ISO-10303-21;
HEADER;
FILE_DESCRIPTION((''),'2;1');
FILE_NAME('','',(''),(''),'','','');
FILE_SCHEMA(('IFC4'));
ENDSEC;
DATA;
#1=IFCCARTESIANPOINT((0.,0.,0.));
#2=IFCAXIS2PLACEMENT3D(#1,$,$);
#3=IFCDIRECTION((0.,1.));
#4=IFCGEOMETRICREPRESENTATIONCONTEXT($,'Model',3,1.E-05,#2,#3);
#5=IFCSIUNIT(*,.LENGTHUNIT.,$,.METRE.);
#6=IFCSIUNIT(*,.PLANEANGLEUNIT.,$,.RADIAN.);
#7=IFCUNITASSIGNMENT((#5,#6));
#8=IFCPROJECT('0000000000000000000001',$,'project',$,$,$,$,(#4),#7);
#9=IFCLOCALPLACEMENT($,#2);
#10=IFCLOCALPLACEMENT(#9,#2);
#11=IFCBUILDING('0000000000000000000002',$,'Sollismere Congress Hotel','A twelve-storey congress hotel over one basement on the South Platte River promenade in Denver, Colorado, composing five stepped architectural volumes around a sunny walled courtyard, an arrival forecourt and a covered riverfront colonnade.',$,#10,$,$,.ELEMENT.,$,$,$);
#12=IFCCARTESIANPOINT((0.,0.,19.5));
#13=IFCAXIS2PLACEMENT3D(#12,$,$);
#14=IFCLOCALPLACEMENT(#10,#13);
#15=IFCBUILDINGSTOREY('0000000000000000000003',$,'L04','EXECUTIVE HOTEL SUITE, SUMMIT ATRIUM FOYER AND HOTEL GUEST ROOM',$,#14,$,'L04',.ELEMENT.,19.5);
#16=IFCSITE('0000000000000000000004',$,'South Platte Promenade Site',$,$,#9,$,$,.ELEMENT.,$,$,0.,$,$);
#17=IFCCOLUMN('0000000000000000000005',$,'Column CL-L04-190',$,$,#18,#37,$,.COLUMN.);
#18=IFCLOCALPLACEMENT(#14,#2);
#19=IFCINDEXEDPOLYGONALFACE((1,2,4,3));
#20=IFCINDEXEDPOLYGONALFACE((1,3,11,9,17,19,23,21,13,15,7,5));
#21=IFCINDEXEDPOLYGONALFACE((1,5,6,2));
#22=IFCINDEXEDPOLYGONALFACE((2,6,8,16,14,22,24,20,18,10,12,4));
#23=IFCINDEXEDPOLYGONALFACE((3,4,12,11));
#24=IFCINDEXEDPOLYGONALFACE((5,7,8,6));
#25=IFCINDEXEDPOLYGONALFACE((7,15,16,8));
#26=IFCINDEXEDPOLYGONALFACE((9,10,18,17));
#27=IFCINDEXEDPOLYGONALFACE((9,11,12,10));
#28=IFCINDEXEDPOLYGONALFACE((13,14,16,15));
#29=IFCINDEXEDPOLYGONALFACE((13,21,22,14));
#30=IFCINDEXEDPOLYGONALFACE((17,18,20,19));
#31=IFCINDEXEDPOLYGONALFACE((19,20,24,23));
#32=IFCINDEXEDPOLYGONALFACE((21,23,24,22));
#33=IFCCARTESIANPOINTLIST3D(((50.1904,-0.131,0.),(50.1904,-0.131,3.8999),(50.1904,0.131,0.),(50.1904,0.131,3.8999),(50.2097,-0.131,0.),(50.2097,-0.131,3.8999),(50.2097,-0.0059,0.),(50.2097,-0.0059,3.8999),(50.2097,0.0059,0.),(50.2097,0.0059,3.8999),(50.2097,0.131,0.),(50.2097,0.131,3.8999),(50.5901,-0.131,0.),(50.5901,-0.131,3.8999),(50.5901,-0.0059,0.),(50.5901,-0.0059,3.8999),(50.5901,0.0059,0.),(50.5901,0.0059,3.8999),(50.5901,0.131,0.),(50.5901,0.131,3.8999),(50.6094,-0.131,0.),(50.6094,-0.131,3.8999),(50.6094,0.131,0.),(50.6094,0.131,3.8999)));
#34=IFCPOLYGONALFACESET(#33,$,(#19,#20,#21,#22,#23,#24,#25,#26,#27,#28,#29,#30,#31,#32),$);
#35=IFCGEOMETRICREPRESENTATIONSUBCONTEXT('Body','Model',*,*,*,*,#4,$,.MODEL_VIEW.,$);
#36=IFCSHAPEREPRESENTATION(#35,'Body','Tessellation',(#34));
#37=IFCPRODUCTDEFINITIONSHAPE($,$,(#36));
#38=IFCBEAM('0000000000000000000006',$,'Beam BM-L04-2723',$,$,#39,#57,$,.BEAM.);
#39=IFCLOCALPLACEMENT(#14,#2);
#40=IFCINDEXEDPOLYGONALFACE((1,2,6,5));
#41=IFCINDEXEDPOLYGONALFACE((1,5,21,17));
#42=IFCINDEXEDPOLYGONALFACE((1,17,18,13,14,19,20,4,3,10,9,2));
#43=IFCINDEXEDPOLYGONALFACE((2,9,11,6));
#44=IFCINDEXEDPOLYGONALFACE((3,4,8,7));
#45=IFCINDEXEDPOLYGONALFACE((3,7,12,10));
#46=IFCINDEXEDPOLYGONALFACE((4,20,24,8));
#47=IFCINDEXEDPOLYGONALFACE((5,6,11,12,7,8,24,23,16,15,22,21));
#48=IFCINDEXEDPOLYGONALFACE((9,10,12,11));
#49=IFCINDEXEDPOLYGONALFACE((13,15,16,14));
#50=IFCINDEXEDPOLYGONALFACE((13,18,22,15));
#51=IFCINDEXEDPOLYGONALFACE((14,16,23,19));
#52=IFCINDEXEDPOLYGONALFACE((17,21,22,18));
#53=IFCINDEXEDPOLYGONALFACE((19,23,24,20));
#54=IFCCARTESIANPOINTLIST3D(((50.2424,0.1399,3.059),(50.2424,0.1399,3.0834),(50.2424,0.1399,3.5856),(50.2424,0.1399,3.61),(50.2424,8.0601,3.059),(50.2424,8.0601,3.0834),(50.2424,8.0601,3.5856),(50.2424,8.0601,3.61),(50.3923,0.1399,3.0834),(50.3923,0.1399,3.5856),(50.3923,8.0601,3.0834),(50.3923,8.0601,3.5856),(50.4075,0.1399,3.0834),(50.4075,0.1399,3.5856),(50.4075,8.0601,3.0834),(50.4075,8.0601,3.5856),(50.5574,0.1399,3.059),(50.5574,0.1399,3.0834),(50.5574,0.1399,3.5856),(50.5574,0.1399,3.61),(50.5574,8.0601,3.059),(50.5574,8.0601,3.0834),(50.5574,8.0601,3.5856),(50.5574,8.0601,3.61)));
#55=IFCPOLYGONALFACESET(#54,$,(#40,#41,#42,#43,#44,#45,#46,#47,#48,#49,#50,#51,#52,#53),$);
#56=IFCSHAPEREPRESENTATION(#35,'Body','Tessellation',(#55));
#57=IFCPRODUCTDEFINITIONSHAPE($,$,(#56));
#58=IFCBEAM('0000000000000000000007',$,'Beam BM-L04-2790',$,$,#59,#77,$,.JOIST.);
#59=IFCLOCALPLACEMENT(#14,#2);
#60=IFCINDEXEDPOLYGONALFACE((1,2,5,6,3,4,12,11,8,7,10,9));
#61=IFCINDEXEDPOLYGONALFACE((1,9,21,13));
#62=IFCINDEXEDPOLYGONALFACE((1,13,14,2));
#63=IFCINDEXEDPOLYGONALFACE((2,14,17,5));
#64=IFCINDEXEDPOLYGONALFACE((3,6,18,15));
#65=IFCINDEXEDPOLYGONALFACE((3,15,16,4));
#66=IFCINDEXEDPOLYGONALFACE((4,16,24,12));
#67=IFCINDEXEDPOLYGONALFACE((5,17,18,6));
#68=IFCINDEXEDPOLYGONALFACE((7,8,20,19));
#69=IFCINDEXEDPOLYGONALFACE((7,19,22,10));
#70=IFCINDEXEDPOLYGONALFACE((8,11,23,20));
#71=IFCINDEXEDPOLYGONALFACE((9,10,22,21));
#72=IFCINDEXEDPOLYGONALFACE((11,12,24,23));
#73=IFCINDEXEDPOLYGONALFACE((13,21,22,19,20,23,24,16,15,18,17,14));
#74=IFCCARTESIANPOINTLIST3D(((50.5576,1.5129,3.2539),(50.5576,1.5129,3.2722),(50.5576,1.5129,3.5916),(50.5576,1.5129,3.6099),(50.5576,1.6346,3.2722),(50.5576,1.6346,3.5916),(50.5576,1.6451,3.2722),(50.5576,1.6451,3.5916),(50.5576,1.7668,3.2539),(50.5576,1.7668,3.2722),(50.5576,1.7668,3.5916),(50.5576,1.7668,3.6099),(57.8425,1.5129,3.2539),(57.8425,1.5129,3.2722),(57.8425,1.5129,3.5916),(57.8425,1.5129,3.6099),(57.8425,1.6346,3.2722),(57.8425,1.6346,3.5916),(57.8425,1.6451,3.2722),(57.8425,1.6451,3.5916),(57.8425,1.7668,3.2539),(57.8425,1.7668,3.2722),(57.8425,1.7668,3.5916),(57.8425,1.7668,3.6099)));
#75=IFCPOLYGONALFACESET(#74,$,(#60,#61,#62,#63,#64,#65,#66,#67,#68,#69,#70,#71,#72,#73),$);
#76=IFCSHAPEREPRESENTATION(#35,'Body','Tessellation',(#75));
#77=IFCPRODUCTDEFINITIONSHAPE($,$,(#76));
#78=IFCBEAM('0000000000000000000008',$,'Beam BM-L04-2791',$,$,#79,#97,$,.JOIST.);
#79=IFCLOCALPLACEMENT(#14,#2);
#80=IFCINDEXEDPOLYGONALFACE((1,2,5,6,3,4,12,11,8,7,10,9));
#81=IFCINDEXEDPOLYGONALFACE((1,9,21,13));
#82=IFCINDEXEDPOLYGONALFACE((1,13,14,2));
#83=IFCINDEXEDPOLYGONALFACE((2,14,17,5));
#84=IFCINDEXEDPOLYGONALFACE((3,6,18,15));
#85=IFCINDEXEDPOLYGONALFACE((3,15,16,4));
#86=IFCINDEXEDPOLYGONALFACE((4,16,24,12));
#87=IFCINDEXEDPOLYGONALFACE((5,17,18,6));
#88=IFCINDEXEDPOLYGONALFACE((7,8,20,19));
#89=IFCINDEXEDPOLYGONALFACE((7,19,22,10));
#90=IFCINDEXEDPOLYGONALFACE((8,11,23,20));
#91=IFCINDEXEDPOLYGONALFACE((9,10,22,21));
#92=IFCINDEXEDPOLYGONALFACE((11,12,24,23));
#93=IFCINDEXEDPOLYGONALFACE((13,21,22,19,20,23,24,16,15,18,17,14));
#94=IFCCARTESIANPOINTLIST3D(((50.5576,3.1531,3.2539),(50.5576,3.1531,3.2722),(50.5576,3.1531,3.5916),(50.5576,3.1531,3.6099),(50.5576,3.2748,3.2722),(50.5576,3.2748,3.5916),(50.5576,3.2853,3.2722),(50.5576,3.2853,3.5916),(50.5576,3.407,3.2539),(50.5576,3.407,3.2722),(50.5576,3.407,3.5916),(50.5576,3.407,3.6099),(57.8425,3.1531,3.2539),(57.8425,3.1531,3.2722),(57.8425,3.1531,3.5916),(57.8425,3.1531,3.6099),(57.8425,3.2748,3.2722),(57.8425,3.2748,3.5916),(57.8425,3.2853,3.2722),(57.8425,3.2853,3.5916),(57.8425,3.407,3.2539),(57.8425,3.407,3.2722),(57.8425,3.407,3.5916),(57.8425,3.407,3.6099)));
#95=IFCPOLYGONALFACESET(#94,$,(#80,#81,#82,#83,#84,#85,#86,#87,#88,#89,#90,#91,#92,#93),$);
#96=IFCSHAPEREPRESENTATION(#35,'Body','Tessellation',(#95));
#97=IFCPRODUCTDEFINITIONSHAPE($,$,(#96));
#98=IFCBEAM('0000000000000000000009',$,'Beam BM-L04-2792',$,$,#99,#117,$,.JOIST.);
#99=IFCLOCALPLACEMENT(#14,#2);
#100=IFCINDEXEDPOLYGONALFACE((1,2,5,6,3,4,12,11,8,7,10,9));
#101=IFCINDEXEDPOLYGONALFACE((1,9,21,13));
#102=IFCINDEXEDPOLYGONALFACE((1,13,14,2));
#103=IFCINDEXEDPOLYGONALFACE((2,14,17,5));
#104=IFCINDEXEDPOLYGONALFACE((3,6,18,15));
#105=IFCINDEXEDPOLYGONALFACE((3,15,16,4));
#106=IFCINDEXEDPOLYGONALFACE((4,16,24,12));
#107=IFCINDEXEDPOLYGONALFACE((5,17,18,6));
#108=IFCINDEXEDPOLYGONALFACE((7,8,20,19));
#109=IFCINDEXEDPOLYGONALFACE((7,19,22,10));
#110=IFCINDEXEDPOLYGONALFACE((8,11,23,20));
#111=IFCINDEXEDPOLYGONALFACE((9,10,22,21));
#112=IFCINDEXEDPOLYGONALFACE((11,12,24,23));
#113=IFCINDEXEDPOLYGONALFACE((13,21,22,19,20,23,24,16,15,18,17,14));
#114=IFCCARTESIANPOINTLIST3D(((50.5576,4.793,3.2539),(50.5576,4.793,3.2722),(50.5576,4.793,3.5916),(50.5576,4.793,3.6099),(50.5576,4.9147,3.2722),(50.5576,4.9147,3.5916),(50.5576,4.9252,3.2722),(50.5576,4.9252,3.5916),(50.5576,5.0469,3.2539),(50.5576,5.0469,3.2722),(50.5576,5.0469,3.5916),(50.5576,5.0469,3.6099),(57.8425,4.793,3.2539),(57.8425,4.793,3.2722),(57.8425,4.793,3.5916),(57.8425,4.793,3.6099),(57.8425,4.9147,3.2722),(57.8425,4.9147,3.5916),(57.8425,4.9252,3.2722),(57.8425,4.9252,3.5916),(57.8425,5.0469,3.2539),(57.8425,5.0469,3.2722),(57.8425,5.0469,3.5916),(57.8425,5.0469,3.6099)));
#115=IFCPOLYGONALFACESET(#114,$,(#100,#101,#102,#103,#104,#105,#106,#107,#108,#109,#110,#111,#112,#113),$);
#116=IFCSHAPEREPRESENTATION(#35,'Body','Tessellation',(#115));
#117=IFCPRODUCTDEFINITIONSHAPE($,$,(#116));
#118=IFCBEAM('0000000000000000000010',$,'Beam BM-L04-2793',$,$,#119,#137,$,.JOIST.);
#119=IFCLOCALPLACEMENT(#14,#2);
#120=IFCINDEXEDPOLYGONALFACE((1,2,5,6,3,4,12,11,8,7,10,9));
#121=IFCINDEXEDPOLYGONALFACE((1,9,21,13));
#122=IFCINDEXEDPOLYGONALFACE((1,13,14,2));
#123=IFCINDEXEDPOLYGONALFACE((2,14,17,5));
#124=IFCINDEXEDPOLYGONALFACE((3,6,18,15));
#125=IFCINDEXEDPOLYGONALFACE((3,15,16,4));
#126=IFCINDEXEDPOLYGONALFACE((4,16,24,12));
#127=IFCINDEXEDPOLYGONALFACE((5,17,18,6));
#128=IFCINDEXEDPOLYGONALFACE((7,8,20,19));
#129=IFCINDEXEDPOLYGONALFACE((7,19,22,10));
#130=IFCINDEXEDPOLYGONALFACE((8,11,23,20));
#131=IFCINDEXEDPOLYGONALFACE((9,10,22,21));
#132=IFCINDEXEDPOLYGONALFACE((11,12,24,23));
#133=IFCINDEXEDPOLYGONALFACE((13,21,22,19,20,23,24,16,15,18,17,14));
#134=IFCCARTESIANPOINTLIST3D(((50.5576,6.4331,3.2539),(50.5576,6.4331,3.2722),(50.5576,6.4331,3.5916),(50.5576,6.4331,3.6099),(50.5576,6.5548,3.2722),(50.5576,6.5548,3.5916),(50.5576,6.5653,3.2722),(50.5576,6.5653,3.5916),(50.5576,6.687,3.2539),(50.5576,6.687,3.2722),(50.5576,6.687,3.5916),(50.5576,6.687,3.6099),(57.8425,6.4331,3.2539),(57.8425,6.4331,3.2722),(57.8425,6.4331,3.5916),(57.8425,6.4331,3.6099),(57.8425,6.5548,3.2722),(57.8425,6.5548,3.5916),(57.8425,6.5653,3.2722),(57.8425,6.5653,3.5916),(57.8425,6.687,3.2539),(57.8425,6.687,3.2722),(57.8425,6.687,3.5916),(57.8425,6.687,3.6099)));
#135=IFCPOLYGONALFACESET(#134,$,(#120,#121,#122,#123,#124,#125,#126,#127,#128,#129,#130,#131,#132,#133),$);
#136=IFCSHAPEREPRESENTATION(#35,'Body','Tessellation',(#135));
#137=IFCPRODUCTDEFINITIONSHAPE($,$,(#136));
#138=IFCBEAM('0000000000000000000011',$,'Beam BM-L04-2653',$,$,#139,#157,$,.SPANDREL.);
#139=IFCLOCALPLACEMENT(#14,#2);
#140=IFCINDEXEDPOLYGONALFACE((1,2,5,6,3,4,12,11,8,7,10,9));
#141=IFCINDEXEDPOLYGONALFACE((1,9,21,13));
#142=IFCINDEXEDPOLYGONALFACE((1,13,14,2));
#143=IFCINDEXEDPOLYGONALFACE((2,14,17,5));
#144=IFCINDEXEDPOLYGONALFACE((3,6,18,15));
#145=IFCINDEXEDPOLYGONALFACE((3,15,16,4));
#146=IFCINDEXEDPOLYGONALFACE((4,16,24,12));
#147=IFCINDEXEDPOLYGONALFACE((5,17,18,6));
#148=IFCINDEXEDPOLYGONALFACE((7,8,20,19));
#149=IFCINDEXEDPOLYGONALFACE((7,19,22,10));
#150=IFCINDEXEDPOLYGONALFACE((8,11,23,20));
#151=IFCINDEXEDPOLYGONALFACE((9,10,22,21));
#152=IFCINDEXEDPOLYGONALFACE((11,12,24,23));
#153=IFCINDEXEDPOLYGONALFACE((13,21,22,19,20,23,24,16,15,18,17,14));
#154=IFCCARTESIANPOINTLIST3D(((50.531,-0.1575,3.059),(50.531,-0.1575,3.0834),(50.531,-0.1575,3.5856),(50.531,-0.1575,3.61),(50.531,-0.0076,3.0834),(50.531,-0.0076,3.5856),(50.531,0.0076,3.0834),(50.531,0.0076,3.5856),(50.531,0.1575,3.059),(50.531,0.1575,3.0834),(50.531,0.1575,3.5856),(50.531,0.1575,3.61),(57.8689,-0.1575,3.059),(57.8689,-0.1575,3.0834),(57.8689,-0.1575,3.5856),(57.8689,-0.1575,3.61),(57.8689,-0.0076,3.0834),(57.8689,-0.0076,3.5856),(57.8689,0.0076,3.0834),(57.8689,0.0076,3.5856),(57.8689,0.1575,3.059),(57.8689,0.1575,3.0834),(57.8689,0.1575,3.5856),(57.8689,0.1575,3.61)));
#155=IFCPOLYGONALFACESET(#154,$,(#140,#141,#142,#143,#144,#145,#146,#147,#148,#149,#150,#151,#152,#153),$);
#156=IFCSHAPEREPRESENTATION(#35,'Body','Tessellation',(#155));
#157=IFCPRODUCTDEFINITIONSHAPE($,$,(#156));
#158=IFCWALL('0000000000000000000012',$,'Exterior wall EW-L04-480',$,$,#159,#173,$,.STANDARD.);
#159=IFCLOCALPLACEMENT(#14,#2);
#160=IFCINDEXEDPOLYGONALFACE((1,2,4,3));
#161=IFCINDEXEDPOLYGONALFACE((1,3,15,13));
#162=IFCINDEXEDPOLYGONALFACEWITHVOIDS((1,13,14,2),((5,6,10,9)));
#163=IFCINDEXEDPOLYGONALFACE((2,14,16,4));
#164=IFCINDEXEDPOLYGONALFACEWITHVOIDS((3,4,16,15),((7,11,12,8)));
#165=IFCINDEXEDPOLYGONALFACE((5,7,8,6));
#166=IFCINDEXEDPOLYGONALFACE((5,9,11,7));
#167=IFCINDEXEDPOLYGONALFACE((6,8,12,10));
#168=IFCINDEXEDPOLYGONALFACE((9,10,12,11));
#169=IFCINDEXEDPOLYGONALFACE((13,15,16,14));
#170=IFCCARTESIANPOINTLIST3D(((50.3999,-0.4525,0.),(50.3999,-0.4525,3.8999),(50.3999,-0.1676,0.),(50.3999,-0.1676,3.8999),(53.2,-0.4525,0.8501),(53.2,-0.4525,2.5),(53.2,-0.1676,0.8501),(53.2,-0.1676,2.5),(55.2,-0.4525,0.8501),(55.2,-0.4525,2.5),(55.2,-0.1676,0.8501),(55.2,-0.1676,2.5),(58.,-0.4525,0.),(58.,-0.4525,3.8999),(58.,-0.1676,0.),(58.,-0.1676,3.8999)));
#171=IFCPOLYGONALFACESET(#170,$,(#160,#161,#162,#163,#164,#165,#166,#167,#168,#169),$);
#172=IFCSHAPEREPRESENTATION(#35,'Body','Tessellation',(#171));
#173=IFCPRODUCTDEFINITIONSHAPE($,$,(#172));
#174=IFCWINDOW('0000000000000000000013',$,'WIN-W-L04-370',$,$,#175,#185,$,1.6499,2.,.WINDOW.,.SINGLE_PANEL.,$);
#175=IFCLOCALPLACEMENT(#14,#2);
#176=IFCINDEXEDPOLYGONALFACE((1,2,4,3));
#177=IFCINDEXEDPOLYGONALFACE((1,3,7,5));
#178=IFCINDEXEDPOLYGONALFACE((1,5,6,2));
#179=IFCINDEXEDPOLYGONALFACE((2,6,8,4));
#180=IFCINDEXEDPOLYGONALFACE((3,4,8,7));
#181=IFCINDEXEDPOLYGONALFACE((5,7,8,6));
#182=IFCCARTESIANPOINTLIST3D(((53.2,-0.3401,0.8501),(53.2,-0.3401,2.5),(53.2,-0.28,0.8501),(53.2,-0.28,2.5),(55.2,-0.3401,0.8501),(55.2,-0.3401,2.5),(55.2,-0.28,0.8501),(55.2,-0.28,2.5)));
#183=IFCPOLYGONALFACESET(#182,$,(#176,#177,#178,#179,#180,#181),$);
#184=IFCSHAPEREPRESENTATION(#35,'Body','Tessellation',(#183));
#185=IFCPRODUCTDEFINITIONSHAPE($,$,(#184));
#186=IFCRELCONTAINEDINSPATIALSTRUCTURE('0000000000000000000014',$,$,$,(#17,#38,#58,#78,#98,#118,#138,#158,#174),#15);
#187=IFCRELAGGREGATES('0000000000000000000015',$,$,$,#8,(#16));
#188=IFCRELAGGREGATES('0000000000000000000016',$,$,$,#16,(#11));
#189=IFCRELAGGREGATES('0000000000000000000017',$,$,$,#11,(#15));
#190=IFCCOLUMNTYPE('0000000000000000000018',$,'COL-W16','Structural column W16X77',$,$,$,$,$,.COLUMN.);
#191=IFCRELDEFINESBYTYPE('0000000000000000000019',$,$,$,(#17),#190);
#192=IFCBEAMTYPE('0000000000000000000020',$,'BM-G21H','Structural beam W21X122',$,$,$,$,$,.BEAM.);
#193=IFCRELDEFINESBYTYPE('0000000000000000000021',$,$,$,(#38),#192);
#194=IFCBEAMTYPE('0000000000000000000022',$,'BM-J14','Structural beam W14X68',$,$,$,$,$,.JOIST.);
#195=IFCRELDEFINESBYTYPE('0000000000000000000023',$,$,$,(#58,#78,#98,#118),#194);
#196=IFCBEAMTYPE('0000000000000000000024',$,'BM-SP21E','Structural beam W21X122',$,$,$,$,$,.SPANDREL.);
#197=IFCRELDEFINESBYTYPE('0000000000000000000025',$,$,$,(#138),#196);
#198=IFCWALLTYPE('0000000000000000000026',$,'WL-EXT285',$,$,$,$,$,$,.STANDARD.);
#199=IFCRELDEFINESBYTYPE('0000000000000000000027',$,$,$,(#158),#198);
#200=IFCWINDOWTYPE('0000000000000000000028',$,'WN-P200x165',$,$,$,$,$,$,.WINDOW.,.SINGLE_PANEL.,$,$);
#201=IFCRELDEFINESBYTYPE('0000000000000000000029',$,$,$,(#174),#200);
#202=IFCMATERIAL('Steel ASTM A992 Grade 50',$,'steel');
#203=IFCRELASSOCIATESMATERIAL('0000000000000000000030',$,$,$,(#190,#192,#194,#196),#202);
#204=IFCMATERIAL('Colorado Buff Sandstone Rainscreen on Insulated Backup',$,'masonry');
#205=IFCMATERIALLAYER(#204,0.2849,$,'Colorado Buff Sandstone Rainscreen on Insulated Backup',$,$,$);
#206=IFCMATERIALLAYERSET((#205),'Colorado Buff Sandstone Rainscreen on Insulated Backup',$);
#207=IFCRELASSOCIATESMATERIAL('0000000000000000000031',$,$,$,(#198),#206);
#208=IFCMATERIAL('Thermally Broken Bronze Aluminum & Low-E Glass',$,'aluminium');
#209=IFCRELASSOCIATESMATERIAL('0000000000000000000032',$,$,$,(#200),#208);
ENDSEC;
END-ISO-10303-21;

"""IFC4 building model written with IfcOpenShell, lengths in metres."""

from ifc_helpers import new_model, si_unit, direction, frame, frame_2d, origin, origin_2d, place, context, subcontext, project, spatial, rectangle, i_section, extrude, material, layer, layer_set, material_profile, profile_set, type_object, element, fill, save


model = new_model("IFC4")

# Units and contexts
model_context = context("Model", 3, precision=1e-05, world=origin(), true_north=direction((0.0, 1.0)))
body_context = subcontext(model_context, "Body", "Model", "MODEL_VIEW")
ifc_project = project(units=[si_unit("LENGTHUNIT", "METRE"), si_unit("PLANEANGLEUNIT", "RADIAN")], contexts=[model_context])

# Site, building, storey
site_placement = place(None, origin())
site = spatial("IfcSite", under=ifc_project, at=site_placement, Name="South Platte Promenade Site", CompositionType="ELEMENT", RefElevation=0.0)
building_placement = place(site_placement, origin())
building = spatial("IfcBuilding", under=site, at=building_placement, Name="Sollismere Congress Hotel", Description="A twelve-storey congress hotel over one basement on the South Platte River promenade in Denver, Colorado, composing five stepped architectural volumes around a sunny walled courtyard, an arrival forecourt and a covered riverfront colonnade.", CompositionType="ELEMENT")
storey_placement = place(building_placement, frame((0.0, 0.0, 19.5)))
storey = spatial("IfcBuildingStorey", under=building, at=storey_placement, Name="L04", Description="EXECUTIVE HOTEL SUITE, SUMMIT ATRIUM FOYER AND HOTEL GUEST ROOM", LongName="L04", CompositionType="ELEMENT", Elevation=19.5)

# Column
ifc_material_1 = material(Name="Steel ASTM A992 Grade 50", Category="steel")
ifc_material_profile_1 = material_profile(ifc_material_1, i_section(OverallWidth=0.262, OverallDepth=0.4189, WebThickness=0.0117, FlangeThickness=0.0193, at=origin_2d()), Name="W16X77")
ifc_profile_set_1 = profile_set([ifc_material_profile_1], Name="Steel ASTM A992 Grade 50")
column_type = type_object("IfcColumnType", Name="COL-W16", Description="Structural column W16X77", PredefinedType="COLUMN", material=ifc_profile_set_1)
column_placement = place(storey_placement, frame((50.3999, 0.0, 0.0), z_axis=(0.0, 0.0, 1.0), x_axis=(0.0, 1.0, 0.0)))
element("IfcColumn", 1, at=column_placement, inside=storey, type_object=column_type, Name="Column CL-L04-190", PredefinedType="COLUMN", context=body_context, shape_type="SweptSolid", body=[
    extrude(i_section(OverallWidth=0.262, OverallDepth=0.4189, WebThickness=0.0117, FlangeThickness=0.0193, at=origin_2d()), origin(), (0.0, 0.0, 1.0), 3.8999),
])

# Beams
ifc_material_profile_2 = material_profile(ifc_material_1, i_section(OverallWidth=0.3149, OverallDepth=0.551, WebThickness=0.0151, FlangeThickness=0.0244, at=origin_2d()), Name="W21X122")
ifc_profile_set_2 = profile_set([ifc_material_profile_2], Name="Steel ASTM A992 Grade 50")
beam_type_1 = type_object("IfcBeamType", Name="BM-G21H", Description="Structural beam W21X122", PredefinedType="BEAM", material=ifc_profile_set_2)
beam_1_placement = place(storey_placement, frame((50.3999, 0.1399, 3.3345), z_axis=(0.0, 1.0, 0.0), x_axis=(-1.0, 0.0, 0.0)))
element("IfcBeam", 2, at=beam_1_placement, inside=storey, type_object=beam_type_1, Name="Beam BM-L04-2723", PredefinedType="BEAM", context=body_context, shape_type="SweptSolid", body=[
    extrude(i_section(OverallWidth=0.3149, OverallDepth=0.551, WebThickness=0.0151, FlangeThickness=0.0244, at=origin_2d()), origin(), (0.0, 0.0, 1.0), 7.9202),
])
ifc_material_profile_3 = material_profile(ifc_material_1, i_section(OverallWidth=0.2539, OverallDepth=0.356, WebThickness=0.0105, FlangeThickness=0.0183, at=origin_2d()), Name="W14X68")
ifc_profile_set_3 = profile_set([ifc_material_profile_3], Name="Steel ASTM A992 Grade 50")
beam_type_2 = type_object("IfcBeamType", Name="BM-J14", Description="Structural beam W14X68", PredefinedType="JOIST", material=ifc_profile_set_3)
for number, where, z_axis, x_axis, name in (
    (3, (50.5576, 1.6399, 3.4319), (1.0, 0.0, 0.0), (0.0, 1.0, 0.0), "Beam BM-L04-2790"),
    (4, (50.5576, 3.28, 3.4319), (1.0, 0.0, 0.0), (0.0, 1.0, 0.0), "Beam BM-L04-2791"),
    (5, (50.5576, 4.9199, 3.4319), (1.0, 0.0, 0.0), (0.0, 1.0, 0.0), "Beam BM-L04-2792"),
    (6, (50.5576, 6.5601, 3.4319), (1.0, 0.0, 0.0), (0.0, 1.0, 0.0), "Beam BM-L04-2793"),
):
    element("IfcBeam", number, at=place(storey_placement, frame(where, z_axis=z_axis, x_axis=x_axis)), inside=storey, type_object=beam_type_2, Name=name, PredefinedType="JOIST", context=body_context, shape_type="SweptSolid", body=[
        extrude(i_section(OverallWidth=0.2539, OverallDepth=0.356, WebThickness=0.0105, FlangeThickness=0.0183, at=origin_2d()), origin(), (0.0, 0.0, 1.0), 7.2849),
    ])
ifc_material_profile_4 = material_profile(ifc_material_1, i_section(OverallWidth=0.3149, OverallDepth=0.551, WebThickness=0.0151, FlangeThickness=0.0244, at=origin_2d()), Name="W21X122")
ifc_profile_set_4 = profile_set([ifc_material_profile_4], Name="Steel ASTM A992 Grade 50")
beam_type_3 = type_object("IfcBeamType", Name="BM-SP21E", Description="Structural beam W21X122", PredefinedType="SPANDREL", material=ifc_profile_set_4)
beam_2_placement = place(storey_placement, frame((50.531, 0.0, 3.3345), z_axis=(1.0, 0.0, 0.0), x_axis=(0.0, 1.0, 0.0)))
element("IfcBeam", 7, at=beam_2_placement, inside=storey, type_object=beam_type_3, Name="Beam BM-L04-2653", PredefinedType="SPANDREL", context=body_context, shape_type="SweptSolid", body=[
    extrude(i_section(OverallWidth=0.3149, OverallDepth=0.551, WebThickness=0.0151, FlangeThickness=0.0244, at=origin_2d()), origin(), (0.0, 0.0, 1.0), 7.3379),
])

# Wall, opening, window
ifc_material_2 = material(Name="Colorado Buff Sandstone Rainscreen on Insulated Backup", Category="masonry")
ifc_layer_1 = layer(ifc_material_2, 0.2849, Name="Colorado Buff Sandstone Rainscreen on Insulated Backup")
ifc_layer_set_1 = layer_set([ifc_layer_1], Name="Colorado Buff Sandstone Rainscreen on Insulated Backup")
wall_type_1 = type_object("IfcWallType", Name="WL-EXT285", PredefinedType="STANDARD", material=ifc_layer_set_1)
wall_1_placement = place(storey_placement, frame((50.3999, -0.3101, 0.0), z_axis=(0.0, 0.0, 1.0), x_axis=(1.0, 0.0, 0.0)))
wall_1 = element("IfcWall", 8, at=wall_1_placement, inside=storey, type_object=wall_type_1, Name="Exterior wall EW-L04-480", PredefinedType="STANDARD", context=body_context, shape_type="SweptSolid", body=[
    extrude(rectangle(XDim=7.6001, YDim=0.2849, at=frame_2d((3.8, 0.0))), origin(), (0.0, 0.0, 1.0), 3.8999),
])
opening_1_placement = place(wall_1_placement, frame((2.8, 0.0, 0.8501)))
opening_1 = element("IfcOpeningElement", 9, at=opening_1_placement, cuts=wall_1, PredefinedType="OPENING", context=body_context, shape_type="SweptSolid", body=[
    extrude(rectangle(XDim=2.0, YDim=1.6499, at=frame_2d((1.0, 0.825))), frame((0.0, 0.1523, 0.0), z_axis=(0.0, -1.0, 0.0), x_axis=(1.0, 0.0, 0.0)), (0.0, 0.0, 1.0), 0.3049),
])
ifc_material_3 = material(Name="Thermally Broken Bronze Aluminum & Low-E Glass", Category="aluminium")
window_type = type_object("IfcWindowType", Name="WN-P200x165", PartitioningType="SINGLE_PANEL", PredefinedType="WINDOW", material=ifc_material_3)
window_placement = place(opening_1_placement, origin())
window = element("IfcWindow", 10, at=window_placement, inside=storey, type_object=window_type, Name="WIN-W-L04-370", OverallHeight=1.6499, OverallWidth=2.0, PartitioningType="SINGLE_PANEL", PredefinedType="WINDOW", context=body_context, shape_type="SweptSolid", body=[
    extrude(rectangle(XDim=2.0, YDim=1.6499, at=frame_2d((1.0, 0.825))), frame((0.0, 0.03, 0.0), z_axis=(0.0, -1.0, 0.0), x_axis=(1.0, 0.0, 0.0)), (0.0, 0.0, 1.0), 0.0601),
])
fill(opening_1, window)

save(model, "model.ifc")
